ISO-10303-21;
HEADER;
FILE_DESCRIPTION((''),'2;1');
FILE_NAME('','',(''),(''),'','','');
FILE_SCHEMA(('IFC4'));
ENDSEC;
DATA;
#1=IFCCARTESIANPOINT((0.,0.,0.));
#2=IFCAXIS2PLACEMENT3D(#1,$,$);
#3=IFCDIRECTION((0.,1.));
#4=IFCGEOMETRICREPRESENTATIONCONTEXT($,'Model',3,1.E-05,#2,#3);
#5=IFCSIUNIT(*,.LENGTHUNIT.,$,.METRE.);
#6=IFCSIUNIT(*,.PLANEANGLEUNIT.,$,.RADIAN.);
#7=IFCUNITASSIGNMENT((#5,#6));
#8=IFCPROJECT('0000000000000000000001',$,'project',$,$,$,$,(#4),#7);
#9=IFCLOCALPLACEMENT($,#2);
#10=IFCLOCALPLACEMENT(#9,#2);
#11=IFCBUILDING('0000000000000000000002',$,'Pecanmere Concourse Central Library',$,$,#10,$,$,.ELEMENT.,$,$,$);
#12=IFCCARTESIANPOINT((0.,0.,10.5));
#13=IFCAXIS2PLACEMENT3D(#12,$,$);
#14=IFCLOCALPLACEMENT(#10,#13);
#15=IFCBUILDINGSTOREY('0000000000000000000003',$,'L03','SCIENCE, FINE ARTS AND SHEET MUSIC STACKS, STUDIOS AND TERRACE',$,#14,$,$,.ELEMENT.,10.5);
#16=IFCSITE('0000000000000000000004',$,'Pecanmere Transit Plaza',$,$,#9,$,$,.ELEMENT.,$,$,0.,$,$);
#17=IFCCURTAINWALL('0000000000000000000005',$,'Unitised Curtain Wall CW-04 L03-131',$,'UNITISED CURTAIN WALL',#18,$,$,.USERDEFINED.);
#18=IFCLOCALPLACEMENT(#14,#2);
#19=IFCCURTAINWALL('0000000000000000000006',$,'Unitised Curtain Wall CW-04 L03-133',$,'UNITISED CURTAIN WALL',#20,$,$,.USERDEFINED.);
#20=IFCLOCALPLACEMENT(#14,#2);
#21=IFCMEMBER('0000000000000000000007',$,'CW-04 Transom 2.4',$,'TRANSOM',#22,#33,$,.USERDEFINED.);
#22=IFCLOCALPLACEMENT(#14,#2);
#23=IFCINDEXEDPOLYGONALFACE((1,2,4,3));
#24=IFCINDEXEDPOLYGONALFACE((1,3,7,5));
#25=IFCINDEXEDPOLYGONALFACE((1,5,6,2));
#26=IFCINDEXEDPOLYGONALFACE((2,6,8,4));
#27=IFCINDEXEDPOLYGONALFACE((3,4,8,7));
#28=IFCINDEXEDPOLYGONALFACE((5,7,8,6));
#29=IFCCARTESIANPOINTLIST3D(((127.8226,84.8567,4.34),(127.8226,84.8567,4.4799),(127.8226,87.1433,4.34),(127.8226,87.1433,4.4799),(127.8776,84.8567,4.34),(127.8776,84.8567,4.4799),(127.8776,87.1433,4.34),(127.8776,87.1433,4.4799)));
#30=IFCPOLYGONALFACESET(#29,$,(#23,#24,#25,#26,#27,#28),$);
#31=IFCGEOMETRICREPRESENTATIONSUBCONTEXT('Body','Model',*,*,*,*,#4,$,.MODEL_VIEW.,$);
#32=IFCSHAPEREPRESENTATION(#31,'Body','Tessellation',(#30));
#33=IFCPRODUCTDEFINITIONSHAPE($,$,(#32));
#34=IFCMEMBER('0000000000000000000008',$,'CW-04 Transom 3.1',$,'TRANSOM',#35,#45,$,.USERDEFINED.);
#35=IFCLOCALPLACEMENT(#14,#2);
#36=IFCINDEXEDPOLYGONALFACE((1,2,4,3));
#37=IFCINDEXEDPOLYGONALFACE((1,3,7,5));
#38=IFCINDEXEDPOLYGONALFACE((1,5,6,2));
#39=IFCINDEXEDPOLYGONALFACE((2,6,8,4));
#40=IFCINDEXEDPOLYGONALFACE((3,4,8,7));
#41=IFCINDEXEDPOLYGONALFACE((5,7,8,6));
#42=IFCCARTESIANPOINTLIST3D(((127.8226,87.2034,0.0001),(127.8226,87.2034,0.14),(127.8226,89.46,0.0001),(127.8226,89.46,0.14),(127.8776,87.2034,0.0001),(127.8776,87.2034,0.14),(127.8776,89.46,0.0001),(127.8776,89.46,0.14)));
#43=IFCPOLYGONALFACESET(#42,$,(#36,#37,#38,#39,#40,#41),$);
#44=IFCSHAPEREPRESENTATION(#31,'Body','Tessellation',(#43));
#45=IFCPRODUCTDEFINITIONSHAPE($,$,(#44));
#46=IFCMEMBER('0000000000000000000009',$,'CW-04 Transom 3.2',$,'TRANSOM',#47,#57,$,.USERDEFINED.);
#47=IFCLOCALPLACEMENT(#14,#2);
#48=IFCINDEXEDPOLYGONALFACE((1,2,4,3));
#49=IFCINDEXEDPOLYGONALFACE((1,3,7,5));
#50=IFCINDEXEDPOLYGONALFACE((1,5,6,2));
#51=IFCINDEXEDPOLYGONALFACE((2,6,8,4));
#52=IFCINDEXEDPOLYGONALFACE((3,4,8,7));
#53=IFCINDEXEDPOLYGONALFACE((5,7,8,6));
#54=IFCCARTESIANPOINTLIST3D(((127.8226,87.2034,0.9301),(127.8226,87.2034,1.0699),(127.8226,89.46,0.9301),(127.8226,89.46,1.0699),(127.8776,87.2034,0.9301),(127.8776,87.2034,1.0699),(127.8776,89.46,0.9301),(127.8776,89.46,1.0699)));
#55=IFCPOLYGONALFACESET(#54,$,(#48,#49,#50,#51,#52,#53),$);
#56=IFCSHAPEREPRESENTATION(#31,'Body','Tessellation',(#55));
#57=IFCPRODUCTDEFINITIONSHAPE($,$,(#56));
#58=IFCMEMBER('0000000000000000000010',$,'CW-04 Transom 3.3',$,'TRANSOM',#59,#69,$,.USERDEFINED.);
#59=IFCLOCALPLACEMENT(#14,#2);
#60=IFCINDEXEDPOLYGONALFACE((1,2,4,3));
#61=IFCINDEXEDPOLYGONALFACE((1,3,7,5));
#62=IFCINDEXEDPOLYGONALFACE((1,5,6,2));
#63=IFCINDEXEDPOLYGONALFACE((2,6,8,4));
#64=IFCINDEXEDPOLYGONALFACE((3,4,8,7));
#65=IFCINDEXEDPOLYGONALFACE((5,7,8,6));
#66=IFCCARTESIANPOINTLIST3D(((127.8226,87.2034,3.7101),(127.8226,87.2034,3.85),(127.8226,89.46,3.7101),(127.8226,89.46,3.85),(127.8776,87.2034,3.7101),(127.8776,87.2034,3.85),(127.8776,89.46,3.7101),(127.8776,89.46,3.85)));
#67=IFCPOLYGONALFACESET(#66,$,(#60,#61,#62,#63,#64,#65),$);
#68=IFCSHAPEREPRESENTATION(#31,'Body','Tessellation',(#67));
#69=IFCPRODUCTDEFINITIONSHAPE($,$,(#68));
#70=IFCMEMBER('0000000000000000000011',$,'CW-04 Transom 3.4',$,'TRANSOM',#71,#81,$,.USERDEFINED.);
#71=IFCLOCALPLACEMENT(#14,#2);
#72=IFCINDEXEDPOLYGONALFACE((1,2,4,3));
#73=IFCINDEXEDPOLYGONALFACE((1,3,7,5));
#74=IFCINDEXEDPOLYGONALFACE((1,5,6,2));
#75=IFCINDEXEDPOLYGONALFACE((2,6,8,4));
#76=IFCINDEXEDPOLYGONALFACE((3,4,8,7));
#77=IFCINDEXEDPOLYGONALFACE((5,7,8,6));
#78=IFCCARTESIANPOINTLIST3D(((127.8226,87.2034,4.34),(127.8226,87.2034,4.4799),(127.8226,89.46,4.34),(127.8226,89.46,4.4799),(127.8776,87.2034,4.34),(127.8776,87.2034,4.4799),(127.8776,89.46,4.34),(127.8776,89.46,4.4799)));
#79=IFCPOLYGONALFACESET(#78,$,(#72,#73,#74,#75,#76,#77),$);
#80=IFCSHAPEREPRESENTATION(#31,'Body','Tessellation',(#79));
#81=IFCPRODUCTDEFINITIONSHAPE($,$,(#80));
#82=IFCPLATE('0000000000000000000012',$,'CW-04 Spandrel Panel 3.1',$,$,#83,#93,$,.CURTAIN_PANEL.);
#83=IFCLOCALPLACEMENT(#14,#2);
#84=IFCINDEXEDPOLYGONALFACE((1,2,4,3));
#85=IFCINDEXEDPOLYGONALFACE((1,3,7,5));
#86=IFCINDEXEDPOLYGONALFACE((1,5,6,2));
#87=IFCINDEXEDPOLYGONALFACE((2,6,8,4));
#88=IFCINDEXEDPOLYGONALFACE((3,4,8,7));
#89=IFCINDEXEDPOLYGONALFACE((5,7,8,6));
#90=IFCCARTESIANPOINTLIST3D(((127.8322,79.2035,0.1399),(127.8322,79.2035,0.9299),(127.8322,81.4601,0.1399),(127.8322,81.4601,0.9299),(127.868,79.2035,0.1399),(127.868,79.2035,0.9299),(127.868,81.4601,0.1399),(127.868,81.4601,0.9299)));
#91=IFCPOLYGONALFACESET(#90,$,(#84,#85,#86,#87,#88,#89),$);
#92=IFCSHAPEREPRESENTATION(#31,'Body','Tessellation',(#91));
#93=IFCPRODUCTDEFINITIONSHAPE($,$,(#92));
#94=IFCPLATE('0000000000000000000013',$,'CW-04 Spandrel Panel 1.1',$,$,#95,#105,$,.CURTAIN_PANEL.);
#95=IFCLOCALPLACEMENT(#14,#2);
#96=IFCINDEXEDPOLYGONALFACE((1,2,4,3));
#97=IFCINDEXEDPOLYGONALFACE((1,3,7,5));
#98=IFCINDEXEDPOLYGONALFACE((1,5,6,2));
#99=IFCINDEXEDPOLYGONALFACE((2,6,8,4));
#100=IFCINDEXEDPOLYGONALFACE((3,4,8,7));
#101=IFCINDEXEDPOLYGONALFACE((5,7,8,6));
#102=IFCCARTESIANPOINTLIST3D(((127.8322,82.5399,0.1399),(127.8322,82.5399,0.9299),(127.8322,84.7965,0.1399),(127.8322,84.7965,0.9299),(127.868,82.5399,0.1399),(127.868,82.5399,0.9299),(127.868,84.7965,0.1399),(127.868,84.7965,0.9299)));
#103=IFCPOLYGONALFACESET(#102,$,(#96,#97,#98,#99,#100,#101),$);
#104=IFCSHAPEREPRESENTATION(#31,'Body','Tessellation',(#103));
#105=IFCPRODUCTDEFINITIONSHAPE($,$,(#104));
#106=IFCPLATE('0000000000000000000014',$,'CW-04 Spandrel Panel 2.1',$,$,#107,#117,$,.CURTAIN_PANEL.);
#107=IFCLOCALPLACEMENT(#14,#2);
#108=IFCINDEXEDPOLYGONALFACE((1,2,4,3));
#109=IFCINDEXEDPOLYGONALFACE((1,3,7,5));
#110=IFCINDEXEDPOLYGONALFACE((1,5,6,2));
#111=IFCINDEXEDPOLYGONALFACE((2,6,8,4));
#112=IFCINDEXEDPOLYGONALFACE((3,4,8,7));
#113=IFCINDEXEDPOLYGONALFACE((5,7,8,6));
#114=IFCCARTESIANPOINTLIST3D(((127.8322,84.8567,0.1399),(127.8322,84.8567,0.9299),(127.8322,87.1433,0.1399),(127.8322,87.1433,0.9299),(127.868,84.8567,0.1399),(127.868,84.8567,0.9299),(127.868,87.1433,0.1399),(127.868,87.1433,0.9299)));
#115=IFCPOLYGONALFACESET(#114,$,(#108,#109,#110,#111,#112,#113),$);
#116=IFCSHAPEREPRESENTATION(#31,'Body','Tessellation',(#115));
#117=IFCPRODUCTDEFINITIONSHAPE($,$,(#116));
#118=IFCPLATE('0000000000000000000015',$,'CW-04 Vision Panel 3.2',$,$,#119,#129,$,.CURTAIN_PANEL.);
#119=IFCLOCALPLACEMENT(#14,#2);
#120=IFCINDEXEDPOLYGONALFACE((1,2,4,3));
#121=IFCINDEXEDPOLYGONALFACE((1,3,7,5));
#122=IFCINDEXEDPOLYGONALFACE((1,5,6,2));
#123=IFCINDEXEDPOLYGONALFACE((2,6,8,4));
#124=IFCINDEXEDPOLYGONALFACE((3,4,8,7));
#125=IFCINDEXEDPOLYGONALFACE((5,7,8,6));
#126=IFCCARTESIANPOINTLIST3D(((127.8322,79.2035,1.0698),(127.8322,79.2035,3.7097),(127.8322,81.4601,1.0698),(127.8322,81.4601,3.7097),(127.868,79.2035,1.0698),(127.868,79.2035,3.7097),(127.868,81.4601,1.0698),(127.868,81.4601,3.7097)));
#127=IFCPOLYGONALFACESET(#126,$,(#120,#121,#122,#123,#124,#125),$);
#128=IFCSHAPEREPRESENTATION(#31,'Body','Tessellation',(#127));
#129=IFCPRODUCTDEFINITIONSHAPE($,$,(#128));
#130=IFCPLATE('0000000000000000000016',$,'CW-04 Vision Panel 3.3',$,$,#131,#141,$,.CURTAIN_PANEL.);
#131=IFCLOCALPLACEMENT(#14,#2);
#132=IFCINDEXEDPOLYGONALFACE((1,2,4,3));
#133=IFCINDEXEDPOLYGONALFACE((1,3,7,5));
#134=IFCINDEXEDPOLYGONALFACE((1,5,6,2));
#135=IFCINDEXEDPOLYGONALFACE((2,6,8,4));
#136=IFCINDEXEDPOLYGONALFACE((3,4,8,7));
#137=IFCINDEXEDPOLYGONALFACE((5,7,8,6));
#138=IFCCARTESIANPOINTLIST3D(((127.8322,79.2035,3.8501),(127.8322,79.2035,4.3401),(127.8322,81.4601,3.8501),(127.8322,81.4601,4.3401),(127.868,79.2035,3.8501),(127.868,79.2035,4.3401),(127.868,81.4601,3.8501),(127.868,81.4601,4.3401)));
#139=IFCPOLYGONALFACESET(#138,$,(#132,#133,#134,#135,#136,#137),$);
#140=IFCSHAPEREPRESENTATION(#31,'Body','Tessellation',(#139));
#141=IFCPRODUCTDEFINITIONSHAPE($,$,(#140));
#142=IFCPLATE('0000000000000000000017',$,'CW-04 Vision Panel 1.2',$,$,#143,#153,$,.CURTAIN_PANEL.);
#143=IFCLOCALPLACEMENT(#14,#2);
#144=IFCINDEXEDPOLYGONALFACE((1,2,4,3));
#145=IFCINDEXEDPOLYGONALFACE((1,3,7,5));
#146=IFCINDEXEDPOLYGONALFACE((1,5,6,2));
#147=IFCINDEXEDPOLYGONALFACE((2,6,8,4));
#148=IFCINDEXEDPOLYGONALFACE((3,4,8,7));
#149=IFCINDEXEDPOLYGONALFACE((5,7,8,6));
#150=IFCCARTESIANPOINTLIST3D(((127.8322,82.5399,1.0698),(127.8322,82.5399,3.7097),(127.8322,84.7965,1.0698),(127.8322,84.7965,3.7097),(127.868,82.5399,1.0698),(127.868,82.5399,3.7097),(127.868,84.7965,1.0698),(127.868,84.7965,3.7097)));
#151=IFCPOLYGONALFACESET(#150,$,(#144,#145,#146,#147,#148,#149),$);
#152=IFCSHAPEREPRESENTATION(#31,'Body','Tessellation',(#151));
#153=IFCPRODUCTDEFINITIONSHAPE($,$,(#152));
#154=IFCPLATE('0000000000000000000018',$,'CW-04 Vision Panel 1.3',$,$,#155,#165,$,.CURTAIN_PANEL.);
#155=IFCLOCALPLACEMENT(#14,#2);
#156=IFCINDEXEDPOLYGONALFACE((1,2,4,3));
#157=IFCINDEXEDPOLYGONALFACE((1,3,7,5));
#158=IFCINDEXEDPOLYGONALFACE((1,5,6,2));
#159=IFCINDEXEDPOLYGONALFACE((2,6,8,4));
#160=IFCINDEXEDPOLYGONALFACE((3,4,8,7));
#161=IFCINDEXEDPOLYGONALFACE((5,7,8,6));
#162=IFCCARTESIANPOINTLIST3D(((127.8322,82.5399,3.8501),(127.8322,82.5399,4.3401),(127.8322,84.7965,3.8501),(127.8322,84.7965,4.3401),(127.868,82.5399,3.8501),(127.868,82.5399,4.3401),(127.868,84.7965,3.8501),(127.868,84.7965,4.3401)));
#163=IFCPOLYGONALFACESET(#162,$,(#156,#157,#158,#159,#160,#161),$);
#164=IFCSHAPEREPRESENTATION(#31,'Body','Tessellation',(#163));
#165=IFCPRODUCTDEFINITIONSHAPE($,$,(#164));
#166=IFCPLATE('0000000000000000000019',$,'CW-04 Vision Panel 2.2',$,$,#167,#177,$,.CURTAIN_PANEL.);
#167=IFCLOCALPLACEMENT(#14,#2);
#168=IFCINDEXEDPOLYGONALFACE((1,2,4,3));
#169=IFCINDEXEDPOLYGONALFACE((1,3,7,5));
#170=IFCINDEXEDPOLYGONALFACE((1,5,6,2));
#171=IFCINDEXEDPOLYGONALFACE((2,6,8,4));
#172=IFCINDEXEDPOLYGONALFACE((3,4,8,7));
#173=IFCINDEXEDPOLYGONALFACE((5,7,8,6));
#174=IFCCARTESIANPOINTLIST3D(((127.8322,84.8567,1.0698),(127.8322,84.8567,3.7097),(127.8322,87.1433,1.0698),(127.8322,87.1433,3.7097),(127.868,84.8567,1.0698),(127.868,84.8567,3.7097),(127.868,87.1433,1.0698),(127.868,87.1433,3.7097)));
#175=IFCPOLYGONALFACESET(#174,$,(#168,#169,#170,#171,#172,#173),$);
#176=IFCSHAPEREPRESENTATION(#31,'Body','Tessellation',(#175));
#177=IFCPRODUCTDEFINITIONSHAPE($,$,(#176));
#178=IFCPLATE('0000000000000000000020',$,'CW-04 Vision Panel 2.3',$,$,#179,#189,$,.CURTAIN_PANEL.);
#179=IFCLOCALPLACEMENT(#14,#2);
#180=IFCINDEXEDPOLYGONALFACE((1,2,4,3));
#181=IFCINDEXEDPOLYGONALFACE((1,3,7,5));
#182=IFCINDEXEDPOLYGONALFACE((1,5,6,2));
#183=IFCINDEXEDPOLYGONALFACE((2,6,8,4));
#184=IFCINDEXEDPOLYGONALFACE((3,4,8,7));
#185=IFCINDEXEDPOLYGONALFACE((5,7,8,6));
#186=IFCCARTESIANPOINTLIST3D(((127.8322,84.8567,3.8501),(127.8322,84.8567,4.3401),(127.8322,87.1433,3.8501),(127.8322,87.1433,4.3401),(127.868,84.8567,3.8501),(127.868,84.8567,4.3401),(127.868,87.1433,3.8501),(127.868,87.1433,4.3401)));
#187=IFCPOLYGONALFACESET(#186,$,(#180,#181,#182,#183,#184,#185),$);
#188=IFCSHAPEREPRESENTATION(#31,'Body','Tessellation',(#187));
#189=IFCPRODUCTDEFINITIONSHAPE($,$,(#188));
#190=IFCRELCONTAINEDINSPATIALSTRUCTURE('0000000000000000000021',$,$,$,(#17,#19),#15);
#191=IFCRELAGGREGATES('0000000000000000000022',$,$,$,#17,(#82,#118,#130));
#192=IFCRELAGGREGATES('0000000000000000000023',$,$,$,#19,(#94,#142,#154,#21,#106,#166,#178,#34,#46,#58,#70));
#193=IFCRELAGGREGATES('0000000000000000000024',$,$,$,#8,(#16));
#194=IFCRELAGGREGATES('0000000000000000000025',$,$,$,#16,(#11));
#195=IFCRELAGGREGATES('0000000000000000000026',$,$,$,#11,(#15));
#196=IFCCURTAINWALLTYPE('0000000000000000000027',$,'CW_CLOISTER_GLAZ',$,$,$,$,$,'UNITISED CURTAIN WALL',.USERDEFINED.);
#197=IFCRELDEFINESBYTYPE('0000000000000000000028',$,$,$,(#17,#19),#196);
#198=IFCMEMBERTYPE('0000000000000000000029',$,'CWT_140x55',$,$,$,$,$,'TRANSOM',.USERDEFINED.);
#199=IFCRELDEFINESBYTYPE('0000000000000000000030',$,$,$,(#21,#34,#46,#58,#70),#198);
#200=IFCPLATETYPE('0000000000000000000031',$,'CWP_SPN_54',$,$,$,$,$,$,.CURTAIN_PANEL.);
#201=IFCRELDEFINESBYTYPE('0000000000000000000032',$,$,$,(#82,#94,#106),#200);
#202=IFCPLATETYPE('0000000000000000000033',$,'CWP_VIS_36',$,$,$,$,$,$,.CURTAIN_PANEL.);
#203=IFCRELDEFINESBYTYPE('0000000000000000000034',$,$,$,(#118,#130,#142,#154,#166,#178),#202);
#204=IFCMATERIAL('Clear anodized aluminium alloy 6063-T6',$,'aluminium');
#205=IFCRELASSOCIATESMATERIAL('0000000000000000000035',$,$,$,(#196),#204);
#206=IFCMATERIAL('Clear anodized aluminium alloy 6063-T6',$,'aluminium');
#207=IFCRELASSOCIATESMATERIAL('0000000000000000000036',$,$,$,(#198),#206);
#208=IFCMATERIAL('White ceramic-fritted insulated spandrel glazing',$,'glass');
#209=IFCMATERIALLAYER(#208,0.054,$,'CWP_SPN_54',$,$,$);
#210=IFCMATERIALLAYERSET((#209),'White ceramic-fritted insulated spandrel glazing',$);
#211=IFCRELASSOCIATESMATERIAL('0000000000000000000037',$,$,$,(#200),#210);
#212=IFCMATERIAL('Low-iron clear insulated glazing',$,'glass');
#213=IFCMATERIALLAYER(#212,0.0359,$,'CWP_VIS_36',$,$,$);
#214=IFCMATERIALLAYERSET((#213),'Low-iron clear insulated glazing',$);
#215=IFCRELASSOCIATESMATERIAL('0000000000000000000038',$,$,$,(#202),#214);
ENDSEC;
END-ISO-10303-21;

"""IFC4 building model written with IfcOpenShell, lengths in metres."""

from ifc_helpers import new_model, si_unit, direction, frame, origin, origin_2d, place, context, subcontext, project, spatial, rectangle, extrude, material, layer, layer_set, material_profile, profile_set, type_object, element, aggregate, save


model = new_model("IFC4")

# Units and contexts
model_context = context("Model", 3, precision=1e-05, world=origin(), true_north=direction((0.0, 1.0)))
body_context = subcontext(model_context, "Body", "Model", "MODEL_VIEW")
ifc_project = project(units=[si_unit("LENGTHUNIT", "METRE"), si_unit("PLANEANGLEUNIT", "RADIAN")], contexts=[model_context])

# Site, building, storey
site_placement = place(None, origin())
site = spatial("IfcSite", under=ifc_project, at=site_placement, Name="Pecanmere Transit Plaza", CompositionType="ELEMENT", RefElevation=0.0)
building_placement = place(site_placement, origin())
building = spatial("IfcBuilding", under=site, at=building_placement, Name="Pecanmere Concourse Central Library", CompositionType="ELEMENT")
storey_placement = place(building_placement, frame((0.0, 0.0, 10.5)))
storey = spatial("IfcBuildingStorey", under=building, at=storey_placement, Name="L03", Description="SCIENCE, FINE ARTS AND SHEET MUSIC STACKS, STUDIOS AND TERRACE", CompositionType="ELEMENT", Elevation=10.5)

# Curtain wall
ifc_material_1 = material(Name="Clear anodized aluminium alloy 6063-T6", Category="aluminium")
curtain_wall_type = type_object("IfcCurtainWallType", Name="CW_CLOISTER_GLAZ", ElementType="UNITISED CURTAIN WALL", PredefinedType="USERDEFINED", material=ifc_material_1)
curtain_wall_1_placement = place(storey_placement, origin())
curtain_wall_1 = element("IfcCurtainWall", 1, at=curtain_wall_1_placement, inside=storey, type_object=curtain_wall_type, Name="Unitised Curtain Wall CW-04 L03-131", ObjectType="UNITISED CURTAIN WALL", PredefinedType="USERDEFINED")

# Curtain wall
curtain_wall_2_placement = place(storey_placement, origin())
curtain_wall_2 = element("IfcCurtainWall", 2, at=curtain_wall_2_placement, inside=storey, type_object=curtain_wall_type, Name="Unitised Curtain Wall CW-04 L03-133", ObjectType="UNITISED CURTAIN WALL", PredefinedType="USERDEFINED")

# Members
ifc_material_2 = material(Name="Clear anodized aluminium alloy 6063-T6", Category="aluminium")
ifc_material_profile_1 = material_profile(ifc_material_2, rectangle(XDim=0.0549, YDim=0.1399, at=origin_2d()), Name="AL 55x140")
ifc_profile_set_1 = profile_set([ifc_material_profile_1], Name="Clear anodized aluminium alloy 6063-T6")
member_type_1 = type_object("IfcMemberType", Name="CWT_140x55", ElementType="TRANSOM", PredefinedType="USERDEFINED", material=ifc_profile_set_1)
member_1_placement = place(storey_placement, frame((127.8501, 84.8567, 4.4099), z_axis=(0.0, 1.0, 0.0), x_axis=(-1.0, 0.0, 0.0)))
member_1 = element("IfcMember", 3, at=member_1_placement, type_object=member_type_1, Name="CW-04 Transom 2.4", ObjectType="TRANSOM", PredefinedType="USERDEFINED", context=body_context, shape_type="SweptSolid", body=[
    extrude(rectangle(XDim=0.0549, YDim=0.1399, at=origin_2d()), origin(), (0.0, 0.0, 1.0), 2.2866),
])
member_2_placement = place(storey_placement, frame((127.8501, 87.2034, 0.0701), z_axis=(0.0, 1.0, 0.0), x_axis=(-1.0, 0.0, 0.0)))
member_2 = element("IfcMember", 4, at=member_2_placement, type_object=member_type_1, Name="CW-04 Transom 3.1", ObjectType="TRANSOM", PredefinedType="USERDEFINED", context=body_context, shape_type="SweptSolid", body=[
    extrude(rectangle(XDim=0.0549, YDim=0.1399, at=origin_2d()), origin(), (0.0, 0.0, 1.0), 2.2566),
])
member_3_placement = place(storey_placement, frame((127.8501, 87.2034, 1.0), z_axis=(0.0, 1.0, 0.0), x_axis=(-1.0, 0.0, 0.0)))
member_3 = element("IfcMember", 5, at=member_3_placement, type_object=member_type_1, Name="CW-04 Transom 3.2", ObjectType="TRANSOM", PredefinedType="USERDEFINED", context=body_context, shape_type="SweptSolid", body=[
    extrude(rectangle(XDim=0.0549, YDim=0.1399, at=origin_2d()), origin(), (0.0, 0.0, 1.0), 2.2566),
])
member_4_placement = place(storey_placement, frame((127.8501, 87.2034, 3.78), z_axis=(0.0, 1.0, 0.0), x_axis=(-1.0, 0.0, 0.0)))
member_4 = element("IfcMember", 6, at=member_4_placement, type_object=member_type_1, Name="CW-04 Transom 3.3", ObjectType="TRANSOM", PredefinedType="USERDEFINED", context=body_context, shape_type="SweptSolid", body=[
    extrude(rectangle(XDim=0.0549, YDim=0.1399, at=origin_2d()), origin(), (0.0, 0.0, 1.0), 2.2566),
])
member_5_placement = place(storey_placement, frame((127.8501, 87.2034, 4.4099), z_axis=(0.0, 1.0, 0.0), x_axis=(-1.0, 0.0, 0.0)))
member_5 = element("IfcMember", 7, at=member_5_placement, type_object=member_type_1, Name="CW-04 Transom 3.4", ObjectType="TRANSOM", PredefinedType="USERDEFINED", context=body_context, shape_type="SweptSolid", body=[
    extrude(rectangle(XDim=0.0549, YDim=0.1399, at=origin_2d()), origin(), (0.0, 0.0, 1.0), 2.2566),
])

# Plates
ifc_material_3 = material(Name="White ceramic-fritted insulated spandrel glazing", Category="glass")
ifc_layer_1 = layer(ifc_material_3, 0.054, Name="CWP_SPN_54")
ifc_layer_set_1 = layer_set([ifc_layer_1], Name="White ceramic-fritted insulated spandrel glazing")
plate_type_1 = type_object("IfcPlateType", Name="CWP_SPN_54", PredefinedType="CURTAIN_PANEL", material=ifc_layer_set_1)
plate_1_placement = place(storey_placement, frame((127.8501, 80.3318, 0.1399), z_axis=(0.0, 0.0, 1.0), x_axis=(0.0, 1.0, 0.0)))
plate_1 = element("IfcPlate", 8, at=plate_1_placement, type_object=plate_type_1, Name="CW-04 Spandrel Panel 3.1", PredefinedType="CURTAIN_PANEL", context=body_context, shape_type="SweptSolid", body=[
    extrude(rectangle(XDim=2.2566, YDim=0.0359, at=origin_2d()), origin(), (0.0, 0.0, 1.0), 0.79),
])
plate_2_placement = place(storey_placement, frame((127.8501, 83.6682, 0.1399), z_axis=(0.0, 0.0, 1.0), x_axis=(0.0, 1.0, 0.0)))
plate_2 = element("IfcPlate", 9, at=plate_2_placement, type_object=plate_type_1, Name="CW-04 Spandrel Panel 1.1", PredefinedType="CURTAIN_PANEL", context=body_context, shape_type="SweptSolid", body=[
    extrude(rectangle(XDim=2.2566, YDim=0.0359, at=origin_2d()), origin(), (0.0, 0.0, 1.0), 0.79),
])
plate_3_placement = place(storey_placement, frame((127.8501, 86.0, 0.1399), z_axis=(0.0, 0.0, 1.0), x_axis=(0.0, 1.0, 0.0)))
plate_3 = element("IfcPlate", 10, at=plate_3_placement, type_object=plate_type_1, Name="CW-04 Spandrel Panel 2.1", PredefinedType="CURTAIN_PANEL", context=body_context, shape_type="SweptSolid", body=[
    extrude(rectangle(XDim=2.2866, YDim=0.0359, at=origin_2d()), origin(), (0.0, 0.0, 1.0), 0.79),
])
ifc_material_4 = material(Name="Low-iron clear insulated glazing", Category="glass")
ifc_layer_2 = layer(ifc_material_4, 0.0359, Name="CWP_VIS_36")
ifc_layer_set_2 = layer_set([ifc_layer_2], Name="Low-iron clear insulated glazing")
plate_type_2 = type_object("IfcPlateType", Name="CWP_VIS_36", PredefinedType="CURTAIN_PANEL", material=ifc_layer_set_2)
plate_4_placement = place(storey_placement, frame((127.8501, 80.3318, 1.0698), z_axis=(0.0, 0.0, 1.0), x_axis=(0.0, 1.0, 0.0)))
plate_4 = element("IfcPlate", 11, at=plate_4_placement, type_object=plate_type_2, Name="CW-04 Vision Panel 3.2", PredefinedType="CURTAIN_PANEL", context=body_context, shape_type="SweptSolid", body=[
    extrude(rectangle(XDim=2.2566, YDim=0.0359, at=origin_2d()), origin(), (0.0, 0.0, 1.0), 2.6399),
])
plate_5_placement = place(storey_placement, frame((127.8501, 80.3318, 3.8501), z_axis=(0.0, 0.0, 1.0), x_axis=(0.0, 1.0, 0.0)))
plate_5 = element("IfcPlate", 12, at=plate_5_placement, type_object=plate_type_2, Name="CW-04 Vision Panel 3.3", PredefinedType="CURTAIN_PANEL", context=body_context, shape_type="SweptSolid", body=[
    extrude(rectangle(XDim=2.2566, YDim=0.0359, at=origin_2d()), origin(), (0.0, 0.0, 1.0), 0.49),
])
aggregate(curtain_wall_1, [plate_1, plate_4, plate_5])
plate_6_placement = place(storey_placement, frame((127.8501, 83.6682, 1.0698), z_axis=(0.0, 0.0, 1.0), x_axis=(0.0, 1.0, 0.0)))
plate_6 = element("IfcPlate", 13, at=plate_6_placement, type_object=plate_type_2, Name="CW-04 Vision Panel 1.2", PredefinedType="CURTAIN_PANEL", context=body_context, shape_type="SweptSolid", body=[
    extrude(rectangle(XDim=2.2566, YDim=0.0359, at=origin_2d()), origin(), (0.0, 0.0, 1.0), 2.6399),
])
plate_7_placement = place(storey_placement, frame((127.8501, 83.6682, 3.8501), z_axis=(0.0, 0.0, 1.0), x_axis=(0.0, 1.0, 0.0)))
plate_7 = element("IfcPlate", 14, at=plate_7_placement, type_object=plate_type_2, Name="CW-04 Vision Panel 1.3", PredefinedType="CURTAIN_PANEL", context=body_context, shape_type="SweptSolid", body=[
    extrude(rectangle(XDim=2.2566, YDim=0.0359, at=origin_2d()), origin(), (0.0, 0.0, 1.0), 0.49),
])
plate_8_placement = place(storey_placement, frame((127.8501, 86.0, 1.0698), z_axis=(0.0, 0.0, 1.0), x_axis=(0.0, 1.0, 0.0)))
plate_8 = element("IfcPlate", 15, at=plate_8_placement, type_object=plate_type_2, Name="CW-04 Vision Panel 2.2", PredefinedType="CURTAIN_PANEL", context=body_context, shape_type="SweptSolid", body=[
    extrude(rectangle(XDim=2.2866, YDim=0.0359, at=origin_2d()), origin(), (0.0, 0.0, 1.0), 2.6399),
])
plate_9_placement = place(storey_placement, frame((127.8501, 86.0, 3.8501), z_axis=(0.0, 0.0, 1.0), x_axis=(0.0, 1.0, 0.0)))
plate_9 = element("IfcPlate", 16, at=plate_9_placement, type_object=plate_type_2, Name="CW-04 Vision Panel 2.3", PredefinedType="CURTAIN_PANEL", context=body_context, shape_type="SweptSolid", body=[
    extrude(rectangle(XDim=2.2866, YDim=0.0359, at=origin_2d()), origin(), (0.0, 0.0, 1.0), 0.49),
])
aggregate(curtain_wall_2, [plate_2, plate_6, plate_7, member_1, plate_3, plate_8, plate_9, member_2, member_3, member_4, member_5])

save(model, "model.ifc")
